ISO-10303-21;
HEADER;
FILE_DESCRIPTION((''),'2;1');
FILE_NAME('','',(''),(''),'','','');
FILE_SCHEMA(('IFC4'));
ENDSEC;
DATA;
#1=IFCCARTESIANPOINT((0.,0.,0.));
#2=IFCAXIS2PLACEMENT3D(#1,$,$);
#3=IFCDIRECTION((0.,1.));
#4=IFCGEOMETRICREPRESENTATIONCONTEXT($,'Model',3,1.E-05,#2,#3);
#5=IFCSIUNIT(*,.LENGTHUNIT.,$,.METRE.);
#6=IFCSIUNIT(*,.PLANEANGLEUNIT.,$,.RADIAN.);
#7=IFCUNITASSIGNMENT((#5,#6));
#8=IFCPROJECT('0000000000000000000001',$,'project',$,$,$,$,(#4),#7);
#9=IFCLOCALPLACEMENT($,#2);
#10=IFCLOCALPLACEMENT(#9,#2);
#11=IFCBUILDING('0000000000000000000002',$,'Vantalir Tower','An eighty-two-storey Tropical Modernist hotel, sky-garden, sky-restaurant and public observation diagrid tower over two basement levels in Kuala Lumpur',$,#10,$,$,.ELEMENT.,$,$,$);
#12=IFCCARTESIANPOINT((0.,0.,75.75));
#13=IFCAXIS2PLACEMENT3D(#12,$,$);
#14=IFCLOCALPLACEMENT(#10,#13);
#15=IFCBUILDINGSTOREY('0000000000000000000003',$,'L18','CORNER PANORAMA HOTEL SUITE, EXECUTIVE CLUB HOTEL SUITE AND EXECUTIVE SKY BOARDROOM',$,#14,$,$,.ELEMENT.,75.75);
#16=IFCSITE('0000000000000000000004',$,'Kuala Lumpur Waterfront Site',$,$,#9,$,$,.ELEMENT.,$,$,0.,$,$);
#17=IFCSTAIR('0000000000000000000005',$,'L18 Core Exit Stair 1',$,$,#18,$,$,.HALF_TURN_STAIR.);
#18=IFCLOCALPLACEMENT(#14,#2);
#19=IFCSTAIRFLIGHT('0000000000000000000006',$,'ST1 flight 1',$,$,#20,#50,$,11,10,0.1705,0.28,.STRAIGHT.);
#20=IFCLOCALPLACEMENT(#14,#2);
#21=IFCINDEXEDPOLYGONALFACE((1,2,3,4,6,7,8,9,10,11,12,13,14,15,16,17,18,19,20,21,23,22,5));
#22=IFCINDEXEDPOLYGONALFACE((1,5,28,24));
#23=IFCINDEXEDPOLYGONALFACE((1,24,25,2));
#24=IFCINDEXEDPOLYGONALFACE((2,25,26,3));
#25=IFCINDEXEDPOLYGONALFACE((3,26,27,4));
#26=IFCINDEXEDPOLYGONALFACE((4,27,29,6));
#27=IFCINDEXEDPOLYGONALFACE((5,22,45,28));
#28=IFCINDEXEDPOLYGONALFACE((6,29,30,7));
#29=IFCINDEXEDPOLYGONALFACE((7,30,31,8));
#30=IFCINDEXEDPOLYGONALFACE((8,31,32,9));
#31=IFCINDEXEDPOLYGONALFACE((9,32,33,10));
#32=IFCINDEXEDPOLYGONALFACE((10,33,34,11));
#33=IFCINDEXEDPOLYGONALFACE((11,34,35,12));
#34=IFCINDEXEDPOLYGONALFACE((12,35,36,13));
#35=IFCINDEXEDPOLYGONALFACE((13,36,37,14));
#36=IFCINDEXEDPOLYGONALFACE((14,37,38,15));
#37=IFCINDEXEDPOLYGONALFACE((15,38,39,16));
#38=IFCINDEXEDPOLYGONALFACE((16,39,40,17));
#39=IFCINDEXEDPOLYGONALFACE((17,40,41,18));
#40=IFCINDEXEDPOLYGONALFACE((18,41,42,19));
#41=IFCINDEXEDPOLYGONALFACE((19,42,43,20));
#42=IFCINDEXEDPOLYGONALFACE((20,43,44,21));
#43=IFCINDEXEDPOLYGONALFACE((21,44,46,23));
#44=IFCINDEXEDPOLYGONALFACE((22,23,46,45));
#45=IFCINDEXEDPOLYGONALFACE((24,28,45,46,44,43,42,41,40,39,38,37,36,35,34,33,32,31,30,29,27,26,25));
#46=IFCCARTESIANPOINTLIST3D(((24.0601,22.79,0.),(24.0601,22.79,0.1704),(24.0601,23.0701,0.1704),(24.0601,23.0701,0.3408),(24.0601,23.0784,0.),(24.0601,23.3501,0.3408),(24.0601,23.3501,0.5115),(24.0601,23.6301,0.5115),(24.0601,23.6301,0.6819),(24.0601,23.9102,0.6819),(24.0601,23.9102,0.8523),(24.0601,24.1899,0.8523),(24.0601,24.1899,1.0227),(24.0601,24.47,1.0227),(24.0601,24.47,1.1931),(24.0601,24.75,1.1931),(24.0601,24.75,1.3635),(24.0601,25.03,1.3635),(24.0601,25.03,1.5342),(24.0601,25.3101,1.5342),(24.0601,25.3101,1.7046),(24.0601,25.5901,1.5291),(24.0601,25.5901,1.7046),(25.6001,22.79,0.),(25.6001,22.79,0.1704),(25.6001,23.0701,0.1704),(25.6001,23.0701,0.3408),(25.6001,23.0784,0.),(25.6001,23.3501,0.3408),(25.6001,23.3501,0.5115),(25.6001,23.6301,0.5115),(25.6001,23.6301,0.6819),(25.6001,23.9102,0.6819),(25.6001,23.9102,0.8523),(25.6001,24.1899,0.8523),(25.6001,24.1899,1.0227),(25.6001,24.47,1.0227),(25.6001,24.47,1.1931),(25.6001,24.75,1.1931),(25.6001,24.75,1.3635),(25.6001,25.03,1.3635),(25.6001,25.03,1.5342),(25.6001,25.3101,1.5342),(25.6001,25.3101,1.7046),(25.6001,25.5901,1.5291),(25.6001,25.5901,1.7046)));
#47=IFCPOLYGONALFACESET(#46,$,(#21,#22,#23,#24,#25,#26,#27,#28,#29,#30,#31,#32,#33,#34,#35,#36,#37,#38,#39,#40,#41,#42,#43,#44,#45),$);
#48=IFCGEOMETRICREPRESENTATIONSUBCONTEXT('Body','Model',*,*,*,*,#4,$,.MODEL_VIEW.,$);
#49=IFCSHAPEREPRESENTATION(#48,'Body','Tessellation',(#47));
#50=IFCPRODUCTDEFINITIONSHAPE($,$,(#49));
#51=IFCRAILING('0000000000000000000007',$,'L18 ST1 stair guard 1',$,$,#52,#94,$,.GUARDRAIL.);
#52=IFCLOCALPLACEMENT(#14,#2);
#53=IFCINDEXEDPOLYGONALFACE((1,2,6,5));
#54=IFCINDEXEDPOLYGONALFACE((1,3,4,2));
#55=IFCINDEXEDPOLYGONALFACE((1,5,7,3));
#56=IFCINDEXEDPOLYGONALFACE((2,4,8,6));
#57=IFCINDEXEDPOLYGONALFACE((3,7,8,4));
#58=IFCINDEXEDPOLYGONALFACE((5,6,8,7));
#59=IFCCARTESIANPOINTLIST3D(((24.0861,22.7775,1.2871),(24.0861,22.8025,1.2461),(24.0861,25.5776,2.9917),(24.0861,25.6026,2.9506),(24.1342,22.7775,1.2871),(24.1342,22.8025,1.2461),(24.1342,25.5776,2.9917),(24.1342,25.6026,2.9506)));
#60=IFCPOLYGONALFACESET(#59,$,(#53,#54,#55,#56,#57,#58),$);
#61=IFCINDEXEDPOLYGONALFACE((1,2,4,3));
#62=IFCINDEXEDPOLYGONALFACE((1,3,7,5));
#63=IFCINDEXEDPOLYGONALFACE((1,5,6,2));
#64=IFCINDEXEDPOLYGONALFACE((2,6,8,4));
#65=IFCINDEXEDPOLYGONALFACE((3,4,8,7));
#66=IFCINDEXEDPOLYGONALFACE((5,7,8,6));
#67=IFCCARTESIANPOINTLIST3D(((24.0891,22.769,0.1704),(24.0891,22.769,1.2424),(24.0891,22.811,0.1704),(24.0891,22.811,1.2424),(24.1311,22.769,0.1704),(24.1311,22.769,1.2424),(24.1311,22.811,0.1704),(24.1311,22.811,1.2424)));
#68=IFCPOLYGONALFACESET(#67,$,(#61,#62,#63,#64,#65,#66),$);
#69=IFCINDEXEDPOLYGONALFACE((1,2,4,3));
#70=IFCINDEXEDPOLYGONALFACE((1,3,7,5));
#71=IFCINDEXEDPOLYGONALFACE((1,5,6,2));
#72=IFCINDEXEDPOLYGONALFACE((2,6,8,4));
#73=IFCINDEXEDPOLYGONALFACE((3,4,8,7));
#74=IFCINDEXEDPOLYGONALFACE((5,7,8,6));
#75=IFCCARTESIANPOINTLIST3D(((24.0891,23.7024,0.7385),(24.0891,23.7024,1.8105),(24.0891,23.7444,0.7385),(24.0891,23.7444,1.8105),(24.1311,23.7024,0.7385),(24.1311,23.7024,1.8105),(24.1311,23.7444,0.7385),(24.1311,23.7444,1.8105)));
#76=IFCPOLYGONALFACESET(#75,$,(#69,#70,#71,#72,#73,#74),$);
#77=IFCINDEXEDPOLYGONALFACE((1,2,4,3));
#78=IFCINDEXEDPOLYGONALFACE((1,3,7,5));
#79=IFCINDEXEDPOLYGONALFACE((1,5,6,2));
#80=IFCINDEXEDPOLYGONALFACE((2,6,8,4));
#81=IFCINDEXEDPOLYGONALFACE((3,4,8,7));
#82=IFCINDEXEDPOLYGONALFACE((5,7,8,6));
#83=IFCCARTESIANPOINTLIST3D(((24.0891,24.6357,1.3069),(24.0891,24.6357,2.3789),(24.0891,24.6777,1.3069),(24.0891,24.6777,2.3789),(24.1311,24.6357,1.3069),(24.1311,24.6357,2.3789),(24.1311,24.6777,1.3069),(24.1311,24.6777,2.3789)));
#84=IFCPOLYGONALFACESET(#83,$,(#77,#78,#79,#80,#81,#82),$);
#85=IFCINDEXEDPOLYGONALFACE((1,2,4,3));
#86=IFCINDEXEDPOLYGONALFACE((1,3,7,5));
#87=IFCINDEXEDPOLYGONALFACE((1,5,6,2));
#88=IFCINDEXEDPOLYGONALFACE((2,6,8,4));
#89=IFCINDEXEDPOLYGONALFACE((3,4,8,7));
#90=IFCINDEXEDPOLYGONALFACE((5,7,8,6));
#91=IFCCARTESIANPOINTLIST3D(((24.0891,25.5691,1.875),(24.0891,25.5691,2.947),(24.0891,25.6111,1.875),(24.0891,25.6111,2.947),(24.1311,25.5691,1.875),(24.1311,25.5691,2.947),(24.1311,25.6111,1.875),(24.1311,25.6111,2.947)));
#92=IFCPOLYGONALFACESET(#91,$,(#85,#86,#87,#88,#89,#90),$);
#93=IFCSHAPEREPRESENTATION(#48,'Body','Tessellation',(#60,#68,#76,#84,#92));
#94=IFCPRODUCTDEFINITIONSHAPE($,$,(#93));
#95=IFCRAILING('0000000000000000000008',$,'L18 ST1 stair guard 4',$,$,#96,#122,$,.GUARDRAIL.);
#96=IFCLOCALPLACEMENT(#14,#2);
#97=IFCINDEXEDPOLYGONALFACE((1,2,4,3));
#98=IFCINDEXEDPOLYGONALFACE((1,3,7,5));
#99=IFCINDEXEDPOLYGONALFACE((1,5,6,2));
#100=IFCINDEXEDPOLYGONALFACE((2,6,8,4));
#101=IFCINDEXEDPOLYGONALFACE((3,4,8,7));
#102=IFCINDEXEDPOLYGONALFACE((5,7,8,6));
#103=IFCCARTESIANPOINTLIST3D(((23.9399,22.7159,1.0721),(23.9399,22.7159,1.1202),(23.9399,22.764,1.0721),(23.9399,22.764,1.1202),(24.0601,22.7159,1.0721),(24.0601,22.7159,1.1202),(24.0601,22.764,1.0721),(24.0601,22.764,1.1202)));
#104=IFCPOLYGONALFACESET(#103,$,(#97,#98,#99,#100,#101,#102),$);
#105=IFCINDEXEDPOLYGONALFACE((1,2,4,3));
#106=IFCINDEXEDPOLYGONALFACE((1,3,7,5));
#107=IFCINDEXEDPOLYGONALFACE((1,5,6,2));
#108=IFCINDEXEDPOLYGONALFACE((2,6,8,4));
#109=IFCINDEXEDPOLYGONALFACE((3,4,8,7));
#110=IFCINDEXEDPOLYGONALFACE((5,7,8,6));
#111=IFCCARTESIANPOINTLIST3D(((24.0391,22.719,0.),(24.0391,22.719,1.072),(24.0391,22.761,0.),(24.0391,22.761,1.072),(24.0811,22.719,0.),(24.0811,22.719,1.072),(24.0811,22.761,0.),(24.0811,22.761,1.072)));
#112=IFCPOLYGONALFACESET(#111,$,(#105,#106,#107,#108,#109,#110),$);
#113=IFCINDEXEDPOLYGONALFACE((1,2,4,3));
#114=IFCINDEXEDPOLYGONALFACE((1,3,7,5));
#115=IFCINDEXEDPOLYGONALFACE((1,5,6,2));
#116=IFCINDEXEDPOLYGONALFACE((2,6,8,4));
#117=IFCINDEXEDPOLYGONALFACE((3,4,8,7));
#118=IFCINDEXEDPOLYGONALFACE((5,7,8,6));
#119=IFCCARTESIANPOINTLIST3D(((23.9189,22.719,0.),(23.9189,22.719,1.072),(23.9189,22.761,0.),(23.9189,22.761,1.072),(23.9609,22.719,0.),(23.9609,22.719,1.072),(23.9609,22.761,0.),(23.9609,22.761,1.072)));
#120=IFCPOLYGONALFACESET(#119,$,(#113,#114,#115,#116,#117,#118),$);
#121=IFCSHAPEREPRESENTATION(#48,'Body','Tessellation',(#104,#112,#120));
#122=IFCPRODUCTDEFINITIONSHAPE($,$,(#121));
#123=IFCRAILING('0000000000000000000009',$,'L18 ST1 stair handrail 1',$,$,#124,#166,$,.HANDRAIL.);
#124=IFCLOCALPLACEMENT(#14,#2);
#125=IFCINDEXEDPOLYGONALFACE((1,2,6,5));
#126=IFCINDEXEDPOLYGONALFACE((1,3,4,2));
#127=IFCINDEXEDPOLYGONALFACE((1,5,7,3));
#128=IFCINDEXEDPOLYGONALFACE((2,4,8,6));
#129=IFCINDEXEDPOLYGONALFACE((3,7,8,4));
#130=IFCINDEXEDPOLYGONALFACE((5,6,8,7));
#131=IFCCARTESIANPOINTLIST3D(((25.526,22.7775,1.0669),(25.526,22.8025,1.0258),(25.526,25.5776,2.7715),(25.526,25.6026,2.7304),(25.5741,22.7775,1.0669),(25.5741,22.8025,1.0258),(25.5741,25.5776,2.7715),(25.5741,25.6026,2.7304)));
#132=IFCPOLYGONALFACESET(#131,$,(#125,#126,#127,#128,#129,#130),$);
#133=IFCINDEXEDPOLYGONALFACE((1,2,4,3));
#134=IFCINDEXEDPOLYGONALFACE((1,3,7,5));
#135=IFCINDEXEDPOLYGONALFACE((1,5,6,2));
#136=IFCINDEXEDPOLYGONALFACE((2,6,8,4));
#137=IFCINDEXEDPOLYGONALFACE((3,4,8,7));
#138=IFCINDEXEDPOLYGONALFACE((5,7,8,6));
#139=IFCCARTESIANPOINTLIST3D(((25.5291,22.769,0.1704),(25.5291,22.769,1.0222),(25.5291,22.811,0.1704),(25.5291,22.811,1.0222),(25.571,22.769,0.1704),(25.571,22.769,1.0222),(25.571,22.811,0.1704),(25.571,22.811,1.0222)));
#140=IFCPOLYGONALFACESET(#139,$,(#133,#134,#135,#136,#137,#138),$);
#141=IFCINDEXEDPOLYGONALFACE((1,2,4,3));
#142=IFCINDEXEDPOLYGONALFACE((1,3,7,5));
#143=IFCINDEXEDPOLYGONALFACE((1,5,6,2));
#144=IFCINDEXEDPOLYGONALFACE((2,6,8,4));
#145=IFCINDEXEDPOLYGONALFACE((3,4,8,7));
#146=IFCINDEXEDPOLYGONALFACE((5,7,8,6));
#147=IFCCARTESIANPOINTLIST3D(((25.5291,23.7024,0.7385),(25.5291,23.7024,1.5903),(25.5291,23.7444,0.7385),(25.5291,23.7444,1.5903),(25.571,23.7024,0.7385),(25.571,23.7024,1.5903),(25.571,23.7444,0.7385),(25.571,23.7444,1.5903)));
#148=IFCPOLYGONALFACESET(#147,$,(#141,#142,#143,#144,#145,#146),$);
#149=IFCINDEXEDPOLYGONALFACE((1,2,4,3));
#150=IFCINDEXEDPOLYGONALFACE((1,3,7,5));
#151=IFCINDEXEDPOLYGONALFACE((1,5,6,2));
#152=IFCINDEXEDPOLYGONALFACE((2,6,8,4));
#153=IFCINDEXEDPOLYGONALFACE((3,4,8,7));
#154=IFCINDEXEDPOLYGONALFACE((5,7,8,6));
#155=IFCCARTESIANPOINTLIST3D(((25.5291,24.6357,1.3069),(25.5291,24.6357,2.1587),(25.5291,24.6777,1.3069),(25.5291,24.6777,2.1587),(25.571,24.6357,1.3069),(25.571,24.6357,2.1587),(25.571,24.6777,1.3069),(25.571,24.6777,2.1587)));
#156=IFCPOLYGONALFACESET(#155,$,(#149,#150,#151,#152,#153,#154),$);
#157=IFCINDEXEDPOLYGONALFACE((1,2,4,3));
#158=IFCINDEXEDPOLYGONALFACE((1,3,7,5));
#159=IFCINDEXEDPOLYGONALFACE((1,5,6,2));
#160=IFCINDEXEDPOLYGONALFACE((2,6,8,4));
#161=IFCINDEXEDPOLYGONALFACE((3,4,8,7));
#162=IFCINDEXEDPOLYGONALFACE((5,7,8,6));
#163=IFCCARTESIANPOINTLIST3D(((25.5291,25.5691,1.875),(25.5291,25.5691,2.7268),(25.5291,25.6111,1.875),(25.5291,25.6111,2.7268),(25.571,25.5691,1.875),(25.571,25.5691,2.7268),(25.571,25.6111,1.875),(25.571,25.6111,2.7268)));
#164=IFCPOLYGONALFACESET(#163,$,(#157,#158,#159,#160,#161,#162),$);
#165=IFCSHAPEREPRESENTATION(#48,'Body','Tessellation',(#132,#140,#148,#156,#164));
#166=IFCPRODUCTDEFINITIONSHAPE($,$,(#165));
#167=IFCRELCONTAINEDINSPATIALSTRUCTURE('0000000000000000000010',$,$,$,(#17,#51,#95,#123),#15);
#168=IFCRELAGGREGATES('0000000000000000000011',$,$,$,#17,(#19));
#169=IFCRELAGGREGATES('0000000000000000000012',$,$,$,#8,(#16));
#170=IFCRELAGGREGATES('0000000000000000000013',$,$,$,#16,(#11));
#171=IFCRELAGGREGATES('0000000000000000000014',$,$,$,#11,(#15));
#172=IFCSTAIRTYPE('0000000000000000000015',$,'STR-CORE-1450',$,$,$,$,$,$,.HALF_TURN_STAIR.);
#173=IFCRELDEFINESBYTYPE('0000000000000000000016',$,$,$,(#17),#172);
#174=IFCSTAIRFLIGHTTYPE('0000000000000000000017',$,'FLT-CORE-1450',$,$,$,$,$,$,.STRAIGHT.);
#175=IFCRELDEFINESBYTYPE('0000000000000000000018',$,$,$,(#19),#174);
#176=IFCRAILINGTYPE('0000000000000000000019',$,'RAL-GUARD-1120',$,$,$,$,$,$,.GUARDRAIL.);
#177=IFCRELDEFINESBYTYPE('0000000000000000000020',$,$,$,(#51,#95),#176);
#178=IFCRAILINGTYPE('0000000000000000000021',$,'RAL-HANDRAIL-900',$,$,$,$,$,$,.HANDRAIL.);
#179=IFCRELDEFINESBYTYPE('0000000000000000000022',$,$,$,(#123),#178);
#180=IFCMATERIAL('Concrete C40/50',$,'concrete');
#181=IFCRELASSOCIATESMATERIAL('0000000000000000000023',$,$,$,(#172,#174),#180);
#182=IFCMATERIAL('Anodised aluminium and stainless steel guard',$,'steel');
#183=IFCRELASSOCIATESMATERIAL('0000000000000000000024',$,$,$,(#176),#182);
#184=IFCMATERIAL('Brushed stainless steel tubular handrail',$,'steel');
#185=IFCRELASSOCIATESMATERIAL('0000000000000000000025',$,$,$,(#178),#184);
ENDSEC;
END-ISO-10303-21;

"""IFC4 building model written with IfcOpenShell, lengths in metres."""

from ifc_helpers import new_model, si_unit, direction, frame, origin, origin_2d, place, context, subcontext, project, spatial, polyline, rectangle, outline, extrude, material, type_object, element, aggregate, save


model = new_model("IFC4")

# Units and contexts
model_context = context("Model", 3, precision=1e-05, world=origin(), true_north=direction((0.0, 1.0)))
body_context = subcontext(model_context, "Body", "Model", "MODEL_VIEW")
ifc_project = project(units=[si_unit("LENGTHUNIT", "METRE"), si_unit("PLANEANGLEUNIT", "RADIAN")], contexts=[model_context])

# Site, building, storey
site_placement = place(None, origin())
site = spatial("IfcSite", under=ifc_project, at=site_placement, Name="Kuala Lumpur Waterfront Site", CompositionType="ELEMENT", RefElevation=0.0)
building_placement = place(site_placement, origin())
building = spatial("IfcBuilding", under=site, at=building_placement, Name="Vantalir Tower", Description="An eighty-two-storey Tropical Modernist hotel, sky-garden, sky-restaurant and public observation diagrid tower over two basement levels in Kuala Lumpur", CompositionType="ELEMENT")
storey_placement = place(building_placement, frame((0.0, 0.0, 75.75)))
storey = spatial("IfcBuildingStorey", under=building, at=storey_placement, Name="L18", Description="CORNER PANORAMA HOTEL SUITE, EXECUTIVE CLUB HOTEL SUITE AND EXECUTIVE SKY BOARDROOM", CompositionType="ELEMENT", Elevation=75.75)

# Stair, stair flight
ifc_material_1 = material(Name="Concrete C40/50", Category="concrete")
stair_type = type_object("IfcStairType", Name="STR-CORE-1450", PredefinedType="HALF_TURN_STAIR", material=ifc_material_1)
stair_placement = place(storey_placement, origin())
stair = element("IfcStair", 1, at=stair_placement, inside=storey, type_object=stair_type, Name="L18 Core Exit Stair 1", PredefinedType="HALF_TURN_STAIR")
stair_flight_type = type_object("IfcStairFlightType", Name="FLT-CORE-1450", PredefinedType="STRAIGHT", material=ifc_material_1)
stair_flight_placement = place(storey_placement, frame((24.8301, 22.79, 0.0), z_axis=(0.0, 0.0, 1.0), x_axis=(0.0, 1.0, 0.0)))
stair_flight = element("IfcStairFlight", 2, at=stair_flight_placement, type_object=stair_flight_type, Name="ST1 flight 1", NumberOfRisers=11, NumberOfTreads=10, PredefinedType="STRAIGHT", RiserHeight=0.1705, TreadLength=0.28, context=body_context, shape_type="SweptSolid", body=[
    extrude(outline(polyline([(0.0, 0.0), (0.0, 0.1704), (0.28, 0.1704), (0.28, 0.3408), (0.5601, 0.3408), (0.5601, 0.5115), (0.8401, 0.5115), (0.8401, 0.6819), (1.1201, 0.6819), (1.1201, 0.8523), (1.3999, 0.8523), (1.3999, 1.0227), (1.6799, 1.0227), (1.6799, 1.1931), (1.96, 1.1931), (1.96, 1.3635), (2.24, 1.3635), (2.24, 1.5342), (2.52, 1.5342), (2.52, 1.7046), (2.8, 1.7046), (2.8, 1.875), (2.8, 1.5291), (0.2883, 0.0), (0.0, 0.0)])), frame((0.0, 0.77, 0.0), z_axis=(0.0, -1.0, 0.0), x_axis=(1.0, 0.0, 0.0)), (0.0, 0.0, 1.0), 1.54),
])
aggregate(stair, [stair_flight])

# Railings
ifc_material_2 = material(Name="Anodised aluminium and stainless steel guard", Category="steel")
railing_type_1 = type_object("IfcRailingType", Name="RAL-GUARD-1120", PredefinedType="GUARDRAIL", material=ifc_material_2)
railing_1_placement = place(storey_placement, frame((24.1101, 22.79, 0.1704)))
element("IfcRailing", 3, at=railing_1_placement, inside=storey, type_object=railing_type_1, Name="L18 ST1 stair guard 1", PredefinedType="GUARDRAIL", context=body_context, shape_type="SweptSolid", body=[
    extrude(rectangle(XDim=0.0481, YDim=0.0481, at=origin_2d()), frame((0.0, 0.0, 1.0962), z_axis=(0.0, 0.85417, 0.519994), x_axis=(-1.0, 0.0, 0.0)), (0.0, 0.0, 1.0), 3.2781),
    extrude(rectangle(XDim=0.042, YDim=0.042, at=origin_2d()), origin(), (0.0, 0.0, 1.0), 1.072),
    extrude(rectangle(XDim=0.042, YDim=0.042, at=origin_2d()), frame((0.0, 0.9333, 0.5681)), (0.0, 0.0, 1.0), 1.072),
    extrude(rectangle(XDim=0.042, YDim=0.042, at=origin_2d()), frame((0.0, 1.8667, 1.1365)), (0.0, 0.0, 1.0), 1.072),
    extrude(rectangle(XDim=0.042, YDim=0.042, at=origin_2d()), frame((0.0, 2.8, 1.7046)), (0.0, 0.0, 1.0), 1.072),
])
railing_2_placement = place(storey_placement, frame((24.0601, 22.74, 0.0)))
element("IfcRailing", 4, at=railing_2_placement, inside=storey, type_object=railing_type_1, Name="L18 ST1 stair guard 4", PredefinedType="GUARDRAIL", context=body_context, shape_type="SweptSolid", body=[
    extrude(rectangle(XDim=0.0481, YDim=0.0481, at=origin_2d()), frame((0.0, 0.0, 1.0962), z_axis=(-1.0, 0.0, 0.0), x_axis=(0.0, -1.0, 0.0)), (0.0, 0.0, 1.0), 0.1201),
    extrude(rectangle(XDim=0.042, YDim=0.042, at=origin_2d()), origin(), (0.0, 0.0, 1.0), 1.072),
    extrude(rectangle(XDim=0.042, YDim=0.042, at=origin_2d()), frame((-0.1201, 0.0, 0.0)), (0.0, 0.0, 1.0), 1.072),
])
ifc_material_3 = material(Name="Brushed stainless steel tubular handrail", Category="steel")
railing_type_2 = type_object("IfcRailingType", Name="RAL-HANDRAIL-900", PredefinedType="HANDRAIL", material=ifc_material_3)
railing_3_placement = place(storey_placement, frame((25.55, 22.79, 0.1704)))
element("IfcRailing", 5, at=railing_3_placement, inside=storey, type_object=railing_type_2, Name="L18 ST1 stair handrail 1", PredefinedType="HANDRAIL", context=body_context, shape_type="SweptSolid", body=[
    extrude(rectangle(XDim=0.0481, YDim=0.0481, at=origin_2d()), frame((0.0, 0.0, 0.876), z_axis=(0.0, 0.85417, 0.519994), x_axis=(-1.0, 0.0, 0.0)), (0.0, 0.0, 1.0), 3.2781),
    extrude(rectangle(XDim=0.042, YDim=0.042, at=origin_2d()), origin(), (0.0, 0.0, 1.0), 0.8518),
    extrude(rectangle(XDim=0.042, YDim=0.042, at=origin_2d()), frame((0.0, 0.9333, 0.5681)), (0.0, 0.0, 1.0), 0.8518),
    extrude(rectangle(XDim=0.042, YDim=0.042, at=origin_2d()), frame((0.0, 1.8667, 1.1365)), (0.0, 0.0, 1.0), 0.8518),
    extrude(rectangle(XDim=0.042, YDim=0.042, at=origin_2d()), frame((0.0, 2.8, 1.7046)), (0.0, 0.0, 1.0), 0.8518),
])

save(model, "model.ifc")
